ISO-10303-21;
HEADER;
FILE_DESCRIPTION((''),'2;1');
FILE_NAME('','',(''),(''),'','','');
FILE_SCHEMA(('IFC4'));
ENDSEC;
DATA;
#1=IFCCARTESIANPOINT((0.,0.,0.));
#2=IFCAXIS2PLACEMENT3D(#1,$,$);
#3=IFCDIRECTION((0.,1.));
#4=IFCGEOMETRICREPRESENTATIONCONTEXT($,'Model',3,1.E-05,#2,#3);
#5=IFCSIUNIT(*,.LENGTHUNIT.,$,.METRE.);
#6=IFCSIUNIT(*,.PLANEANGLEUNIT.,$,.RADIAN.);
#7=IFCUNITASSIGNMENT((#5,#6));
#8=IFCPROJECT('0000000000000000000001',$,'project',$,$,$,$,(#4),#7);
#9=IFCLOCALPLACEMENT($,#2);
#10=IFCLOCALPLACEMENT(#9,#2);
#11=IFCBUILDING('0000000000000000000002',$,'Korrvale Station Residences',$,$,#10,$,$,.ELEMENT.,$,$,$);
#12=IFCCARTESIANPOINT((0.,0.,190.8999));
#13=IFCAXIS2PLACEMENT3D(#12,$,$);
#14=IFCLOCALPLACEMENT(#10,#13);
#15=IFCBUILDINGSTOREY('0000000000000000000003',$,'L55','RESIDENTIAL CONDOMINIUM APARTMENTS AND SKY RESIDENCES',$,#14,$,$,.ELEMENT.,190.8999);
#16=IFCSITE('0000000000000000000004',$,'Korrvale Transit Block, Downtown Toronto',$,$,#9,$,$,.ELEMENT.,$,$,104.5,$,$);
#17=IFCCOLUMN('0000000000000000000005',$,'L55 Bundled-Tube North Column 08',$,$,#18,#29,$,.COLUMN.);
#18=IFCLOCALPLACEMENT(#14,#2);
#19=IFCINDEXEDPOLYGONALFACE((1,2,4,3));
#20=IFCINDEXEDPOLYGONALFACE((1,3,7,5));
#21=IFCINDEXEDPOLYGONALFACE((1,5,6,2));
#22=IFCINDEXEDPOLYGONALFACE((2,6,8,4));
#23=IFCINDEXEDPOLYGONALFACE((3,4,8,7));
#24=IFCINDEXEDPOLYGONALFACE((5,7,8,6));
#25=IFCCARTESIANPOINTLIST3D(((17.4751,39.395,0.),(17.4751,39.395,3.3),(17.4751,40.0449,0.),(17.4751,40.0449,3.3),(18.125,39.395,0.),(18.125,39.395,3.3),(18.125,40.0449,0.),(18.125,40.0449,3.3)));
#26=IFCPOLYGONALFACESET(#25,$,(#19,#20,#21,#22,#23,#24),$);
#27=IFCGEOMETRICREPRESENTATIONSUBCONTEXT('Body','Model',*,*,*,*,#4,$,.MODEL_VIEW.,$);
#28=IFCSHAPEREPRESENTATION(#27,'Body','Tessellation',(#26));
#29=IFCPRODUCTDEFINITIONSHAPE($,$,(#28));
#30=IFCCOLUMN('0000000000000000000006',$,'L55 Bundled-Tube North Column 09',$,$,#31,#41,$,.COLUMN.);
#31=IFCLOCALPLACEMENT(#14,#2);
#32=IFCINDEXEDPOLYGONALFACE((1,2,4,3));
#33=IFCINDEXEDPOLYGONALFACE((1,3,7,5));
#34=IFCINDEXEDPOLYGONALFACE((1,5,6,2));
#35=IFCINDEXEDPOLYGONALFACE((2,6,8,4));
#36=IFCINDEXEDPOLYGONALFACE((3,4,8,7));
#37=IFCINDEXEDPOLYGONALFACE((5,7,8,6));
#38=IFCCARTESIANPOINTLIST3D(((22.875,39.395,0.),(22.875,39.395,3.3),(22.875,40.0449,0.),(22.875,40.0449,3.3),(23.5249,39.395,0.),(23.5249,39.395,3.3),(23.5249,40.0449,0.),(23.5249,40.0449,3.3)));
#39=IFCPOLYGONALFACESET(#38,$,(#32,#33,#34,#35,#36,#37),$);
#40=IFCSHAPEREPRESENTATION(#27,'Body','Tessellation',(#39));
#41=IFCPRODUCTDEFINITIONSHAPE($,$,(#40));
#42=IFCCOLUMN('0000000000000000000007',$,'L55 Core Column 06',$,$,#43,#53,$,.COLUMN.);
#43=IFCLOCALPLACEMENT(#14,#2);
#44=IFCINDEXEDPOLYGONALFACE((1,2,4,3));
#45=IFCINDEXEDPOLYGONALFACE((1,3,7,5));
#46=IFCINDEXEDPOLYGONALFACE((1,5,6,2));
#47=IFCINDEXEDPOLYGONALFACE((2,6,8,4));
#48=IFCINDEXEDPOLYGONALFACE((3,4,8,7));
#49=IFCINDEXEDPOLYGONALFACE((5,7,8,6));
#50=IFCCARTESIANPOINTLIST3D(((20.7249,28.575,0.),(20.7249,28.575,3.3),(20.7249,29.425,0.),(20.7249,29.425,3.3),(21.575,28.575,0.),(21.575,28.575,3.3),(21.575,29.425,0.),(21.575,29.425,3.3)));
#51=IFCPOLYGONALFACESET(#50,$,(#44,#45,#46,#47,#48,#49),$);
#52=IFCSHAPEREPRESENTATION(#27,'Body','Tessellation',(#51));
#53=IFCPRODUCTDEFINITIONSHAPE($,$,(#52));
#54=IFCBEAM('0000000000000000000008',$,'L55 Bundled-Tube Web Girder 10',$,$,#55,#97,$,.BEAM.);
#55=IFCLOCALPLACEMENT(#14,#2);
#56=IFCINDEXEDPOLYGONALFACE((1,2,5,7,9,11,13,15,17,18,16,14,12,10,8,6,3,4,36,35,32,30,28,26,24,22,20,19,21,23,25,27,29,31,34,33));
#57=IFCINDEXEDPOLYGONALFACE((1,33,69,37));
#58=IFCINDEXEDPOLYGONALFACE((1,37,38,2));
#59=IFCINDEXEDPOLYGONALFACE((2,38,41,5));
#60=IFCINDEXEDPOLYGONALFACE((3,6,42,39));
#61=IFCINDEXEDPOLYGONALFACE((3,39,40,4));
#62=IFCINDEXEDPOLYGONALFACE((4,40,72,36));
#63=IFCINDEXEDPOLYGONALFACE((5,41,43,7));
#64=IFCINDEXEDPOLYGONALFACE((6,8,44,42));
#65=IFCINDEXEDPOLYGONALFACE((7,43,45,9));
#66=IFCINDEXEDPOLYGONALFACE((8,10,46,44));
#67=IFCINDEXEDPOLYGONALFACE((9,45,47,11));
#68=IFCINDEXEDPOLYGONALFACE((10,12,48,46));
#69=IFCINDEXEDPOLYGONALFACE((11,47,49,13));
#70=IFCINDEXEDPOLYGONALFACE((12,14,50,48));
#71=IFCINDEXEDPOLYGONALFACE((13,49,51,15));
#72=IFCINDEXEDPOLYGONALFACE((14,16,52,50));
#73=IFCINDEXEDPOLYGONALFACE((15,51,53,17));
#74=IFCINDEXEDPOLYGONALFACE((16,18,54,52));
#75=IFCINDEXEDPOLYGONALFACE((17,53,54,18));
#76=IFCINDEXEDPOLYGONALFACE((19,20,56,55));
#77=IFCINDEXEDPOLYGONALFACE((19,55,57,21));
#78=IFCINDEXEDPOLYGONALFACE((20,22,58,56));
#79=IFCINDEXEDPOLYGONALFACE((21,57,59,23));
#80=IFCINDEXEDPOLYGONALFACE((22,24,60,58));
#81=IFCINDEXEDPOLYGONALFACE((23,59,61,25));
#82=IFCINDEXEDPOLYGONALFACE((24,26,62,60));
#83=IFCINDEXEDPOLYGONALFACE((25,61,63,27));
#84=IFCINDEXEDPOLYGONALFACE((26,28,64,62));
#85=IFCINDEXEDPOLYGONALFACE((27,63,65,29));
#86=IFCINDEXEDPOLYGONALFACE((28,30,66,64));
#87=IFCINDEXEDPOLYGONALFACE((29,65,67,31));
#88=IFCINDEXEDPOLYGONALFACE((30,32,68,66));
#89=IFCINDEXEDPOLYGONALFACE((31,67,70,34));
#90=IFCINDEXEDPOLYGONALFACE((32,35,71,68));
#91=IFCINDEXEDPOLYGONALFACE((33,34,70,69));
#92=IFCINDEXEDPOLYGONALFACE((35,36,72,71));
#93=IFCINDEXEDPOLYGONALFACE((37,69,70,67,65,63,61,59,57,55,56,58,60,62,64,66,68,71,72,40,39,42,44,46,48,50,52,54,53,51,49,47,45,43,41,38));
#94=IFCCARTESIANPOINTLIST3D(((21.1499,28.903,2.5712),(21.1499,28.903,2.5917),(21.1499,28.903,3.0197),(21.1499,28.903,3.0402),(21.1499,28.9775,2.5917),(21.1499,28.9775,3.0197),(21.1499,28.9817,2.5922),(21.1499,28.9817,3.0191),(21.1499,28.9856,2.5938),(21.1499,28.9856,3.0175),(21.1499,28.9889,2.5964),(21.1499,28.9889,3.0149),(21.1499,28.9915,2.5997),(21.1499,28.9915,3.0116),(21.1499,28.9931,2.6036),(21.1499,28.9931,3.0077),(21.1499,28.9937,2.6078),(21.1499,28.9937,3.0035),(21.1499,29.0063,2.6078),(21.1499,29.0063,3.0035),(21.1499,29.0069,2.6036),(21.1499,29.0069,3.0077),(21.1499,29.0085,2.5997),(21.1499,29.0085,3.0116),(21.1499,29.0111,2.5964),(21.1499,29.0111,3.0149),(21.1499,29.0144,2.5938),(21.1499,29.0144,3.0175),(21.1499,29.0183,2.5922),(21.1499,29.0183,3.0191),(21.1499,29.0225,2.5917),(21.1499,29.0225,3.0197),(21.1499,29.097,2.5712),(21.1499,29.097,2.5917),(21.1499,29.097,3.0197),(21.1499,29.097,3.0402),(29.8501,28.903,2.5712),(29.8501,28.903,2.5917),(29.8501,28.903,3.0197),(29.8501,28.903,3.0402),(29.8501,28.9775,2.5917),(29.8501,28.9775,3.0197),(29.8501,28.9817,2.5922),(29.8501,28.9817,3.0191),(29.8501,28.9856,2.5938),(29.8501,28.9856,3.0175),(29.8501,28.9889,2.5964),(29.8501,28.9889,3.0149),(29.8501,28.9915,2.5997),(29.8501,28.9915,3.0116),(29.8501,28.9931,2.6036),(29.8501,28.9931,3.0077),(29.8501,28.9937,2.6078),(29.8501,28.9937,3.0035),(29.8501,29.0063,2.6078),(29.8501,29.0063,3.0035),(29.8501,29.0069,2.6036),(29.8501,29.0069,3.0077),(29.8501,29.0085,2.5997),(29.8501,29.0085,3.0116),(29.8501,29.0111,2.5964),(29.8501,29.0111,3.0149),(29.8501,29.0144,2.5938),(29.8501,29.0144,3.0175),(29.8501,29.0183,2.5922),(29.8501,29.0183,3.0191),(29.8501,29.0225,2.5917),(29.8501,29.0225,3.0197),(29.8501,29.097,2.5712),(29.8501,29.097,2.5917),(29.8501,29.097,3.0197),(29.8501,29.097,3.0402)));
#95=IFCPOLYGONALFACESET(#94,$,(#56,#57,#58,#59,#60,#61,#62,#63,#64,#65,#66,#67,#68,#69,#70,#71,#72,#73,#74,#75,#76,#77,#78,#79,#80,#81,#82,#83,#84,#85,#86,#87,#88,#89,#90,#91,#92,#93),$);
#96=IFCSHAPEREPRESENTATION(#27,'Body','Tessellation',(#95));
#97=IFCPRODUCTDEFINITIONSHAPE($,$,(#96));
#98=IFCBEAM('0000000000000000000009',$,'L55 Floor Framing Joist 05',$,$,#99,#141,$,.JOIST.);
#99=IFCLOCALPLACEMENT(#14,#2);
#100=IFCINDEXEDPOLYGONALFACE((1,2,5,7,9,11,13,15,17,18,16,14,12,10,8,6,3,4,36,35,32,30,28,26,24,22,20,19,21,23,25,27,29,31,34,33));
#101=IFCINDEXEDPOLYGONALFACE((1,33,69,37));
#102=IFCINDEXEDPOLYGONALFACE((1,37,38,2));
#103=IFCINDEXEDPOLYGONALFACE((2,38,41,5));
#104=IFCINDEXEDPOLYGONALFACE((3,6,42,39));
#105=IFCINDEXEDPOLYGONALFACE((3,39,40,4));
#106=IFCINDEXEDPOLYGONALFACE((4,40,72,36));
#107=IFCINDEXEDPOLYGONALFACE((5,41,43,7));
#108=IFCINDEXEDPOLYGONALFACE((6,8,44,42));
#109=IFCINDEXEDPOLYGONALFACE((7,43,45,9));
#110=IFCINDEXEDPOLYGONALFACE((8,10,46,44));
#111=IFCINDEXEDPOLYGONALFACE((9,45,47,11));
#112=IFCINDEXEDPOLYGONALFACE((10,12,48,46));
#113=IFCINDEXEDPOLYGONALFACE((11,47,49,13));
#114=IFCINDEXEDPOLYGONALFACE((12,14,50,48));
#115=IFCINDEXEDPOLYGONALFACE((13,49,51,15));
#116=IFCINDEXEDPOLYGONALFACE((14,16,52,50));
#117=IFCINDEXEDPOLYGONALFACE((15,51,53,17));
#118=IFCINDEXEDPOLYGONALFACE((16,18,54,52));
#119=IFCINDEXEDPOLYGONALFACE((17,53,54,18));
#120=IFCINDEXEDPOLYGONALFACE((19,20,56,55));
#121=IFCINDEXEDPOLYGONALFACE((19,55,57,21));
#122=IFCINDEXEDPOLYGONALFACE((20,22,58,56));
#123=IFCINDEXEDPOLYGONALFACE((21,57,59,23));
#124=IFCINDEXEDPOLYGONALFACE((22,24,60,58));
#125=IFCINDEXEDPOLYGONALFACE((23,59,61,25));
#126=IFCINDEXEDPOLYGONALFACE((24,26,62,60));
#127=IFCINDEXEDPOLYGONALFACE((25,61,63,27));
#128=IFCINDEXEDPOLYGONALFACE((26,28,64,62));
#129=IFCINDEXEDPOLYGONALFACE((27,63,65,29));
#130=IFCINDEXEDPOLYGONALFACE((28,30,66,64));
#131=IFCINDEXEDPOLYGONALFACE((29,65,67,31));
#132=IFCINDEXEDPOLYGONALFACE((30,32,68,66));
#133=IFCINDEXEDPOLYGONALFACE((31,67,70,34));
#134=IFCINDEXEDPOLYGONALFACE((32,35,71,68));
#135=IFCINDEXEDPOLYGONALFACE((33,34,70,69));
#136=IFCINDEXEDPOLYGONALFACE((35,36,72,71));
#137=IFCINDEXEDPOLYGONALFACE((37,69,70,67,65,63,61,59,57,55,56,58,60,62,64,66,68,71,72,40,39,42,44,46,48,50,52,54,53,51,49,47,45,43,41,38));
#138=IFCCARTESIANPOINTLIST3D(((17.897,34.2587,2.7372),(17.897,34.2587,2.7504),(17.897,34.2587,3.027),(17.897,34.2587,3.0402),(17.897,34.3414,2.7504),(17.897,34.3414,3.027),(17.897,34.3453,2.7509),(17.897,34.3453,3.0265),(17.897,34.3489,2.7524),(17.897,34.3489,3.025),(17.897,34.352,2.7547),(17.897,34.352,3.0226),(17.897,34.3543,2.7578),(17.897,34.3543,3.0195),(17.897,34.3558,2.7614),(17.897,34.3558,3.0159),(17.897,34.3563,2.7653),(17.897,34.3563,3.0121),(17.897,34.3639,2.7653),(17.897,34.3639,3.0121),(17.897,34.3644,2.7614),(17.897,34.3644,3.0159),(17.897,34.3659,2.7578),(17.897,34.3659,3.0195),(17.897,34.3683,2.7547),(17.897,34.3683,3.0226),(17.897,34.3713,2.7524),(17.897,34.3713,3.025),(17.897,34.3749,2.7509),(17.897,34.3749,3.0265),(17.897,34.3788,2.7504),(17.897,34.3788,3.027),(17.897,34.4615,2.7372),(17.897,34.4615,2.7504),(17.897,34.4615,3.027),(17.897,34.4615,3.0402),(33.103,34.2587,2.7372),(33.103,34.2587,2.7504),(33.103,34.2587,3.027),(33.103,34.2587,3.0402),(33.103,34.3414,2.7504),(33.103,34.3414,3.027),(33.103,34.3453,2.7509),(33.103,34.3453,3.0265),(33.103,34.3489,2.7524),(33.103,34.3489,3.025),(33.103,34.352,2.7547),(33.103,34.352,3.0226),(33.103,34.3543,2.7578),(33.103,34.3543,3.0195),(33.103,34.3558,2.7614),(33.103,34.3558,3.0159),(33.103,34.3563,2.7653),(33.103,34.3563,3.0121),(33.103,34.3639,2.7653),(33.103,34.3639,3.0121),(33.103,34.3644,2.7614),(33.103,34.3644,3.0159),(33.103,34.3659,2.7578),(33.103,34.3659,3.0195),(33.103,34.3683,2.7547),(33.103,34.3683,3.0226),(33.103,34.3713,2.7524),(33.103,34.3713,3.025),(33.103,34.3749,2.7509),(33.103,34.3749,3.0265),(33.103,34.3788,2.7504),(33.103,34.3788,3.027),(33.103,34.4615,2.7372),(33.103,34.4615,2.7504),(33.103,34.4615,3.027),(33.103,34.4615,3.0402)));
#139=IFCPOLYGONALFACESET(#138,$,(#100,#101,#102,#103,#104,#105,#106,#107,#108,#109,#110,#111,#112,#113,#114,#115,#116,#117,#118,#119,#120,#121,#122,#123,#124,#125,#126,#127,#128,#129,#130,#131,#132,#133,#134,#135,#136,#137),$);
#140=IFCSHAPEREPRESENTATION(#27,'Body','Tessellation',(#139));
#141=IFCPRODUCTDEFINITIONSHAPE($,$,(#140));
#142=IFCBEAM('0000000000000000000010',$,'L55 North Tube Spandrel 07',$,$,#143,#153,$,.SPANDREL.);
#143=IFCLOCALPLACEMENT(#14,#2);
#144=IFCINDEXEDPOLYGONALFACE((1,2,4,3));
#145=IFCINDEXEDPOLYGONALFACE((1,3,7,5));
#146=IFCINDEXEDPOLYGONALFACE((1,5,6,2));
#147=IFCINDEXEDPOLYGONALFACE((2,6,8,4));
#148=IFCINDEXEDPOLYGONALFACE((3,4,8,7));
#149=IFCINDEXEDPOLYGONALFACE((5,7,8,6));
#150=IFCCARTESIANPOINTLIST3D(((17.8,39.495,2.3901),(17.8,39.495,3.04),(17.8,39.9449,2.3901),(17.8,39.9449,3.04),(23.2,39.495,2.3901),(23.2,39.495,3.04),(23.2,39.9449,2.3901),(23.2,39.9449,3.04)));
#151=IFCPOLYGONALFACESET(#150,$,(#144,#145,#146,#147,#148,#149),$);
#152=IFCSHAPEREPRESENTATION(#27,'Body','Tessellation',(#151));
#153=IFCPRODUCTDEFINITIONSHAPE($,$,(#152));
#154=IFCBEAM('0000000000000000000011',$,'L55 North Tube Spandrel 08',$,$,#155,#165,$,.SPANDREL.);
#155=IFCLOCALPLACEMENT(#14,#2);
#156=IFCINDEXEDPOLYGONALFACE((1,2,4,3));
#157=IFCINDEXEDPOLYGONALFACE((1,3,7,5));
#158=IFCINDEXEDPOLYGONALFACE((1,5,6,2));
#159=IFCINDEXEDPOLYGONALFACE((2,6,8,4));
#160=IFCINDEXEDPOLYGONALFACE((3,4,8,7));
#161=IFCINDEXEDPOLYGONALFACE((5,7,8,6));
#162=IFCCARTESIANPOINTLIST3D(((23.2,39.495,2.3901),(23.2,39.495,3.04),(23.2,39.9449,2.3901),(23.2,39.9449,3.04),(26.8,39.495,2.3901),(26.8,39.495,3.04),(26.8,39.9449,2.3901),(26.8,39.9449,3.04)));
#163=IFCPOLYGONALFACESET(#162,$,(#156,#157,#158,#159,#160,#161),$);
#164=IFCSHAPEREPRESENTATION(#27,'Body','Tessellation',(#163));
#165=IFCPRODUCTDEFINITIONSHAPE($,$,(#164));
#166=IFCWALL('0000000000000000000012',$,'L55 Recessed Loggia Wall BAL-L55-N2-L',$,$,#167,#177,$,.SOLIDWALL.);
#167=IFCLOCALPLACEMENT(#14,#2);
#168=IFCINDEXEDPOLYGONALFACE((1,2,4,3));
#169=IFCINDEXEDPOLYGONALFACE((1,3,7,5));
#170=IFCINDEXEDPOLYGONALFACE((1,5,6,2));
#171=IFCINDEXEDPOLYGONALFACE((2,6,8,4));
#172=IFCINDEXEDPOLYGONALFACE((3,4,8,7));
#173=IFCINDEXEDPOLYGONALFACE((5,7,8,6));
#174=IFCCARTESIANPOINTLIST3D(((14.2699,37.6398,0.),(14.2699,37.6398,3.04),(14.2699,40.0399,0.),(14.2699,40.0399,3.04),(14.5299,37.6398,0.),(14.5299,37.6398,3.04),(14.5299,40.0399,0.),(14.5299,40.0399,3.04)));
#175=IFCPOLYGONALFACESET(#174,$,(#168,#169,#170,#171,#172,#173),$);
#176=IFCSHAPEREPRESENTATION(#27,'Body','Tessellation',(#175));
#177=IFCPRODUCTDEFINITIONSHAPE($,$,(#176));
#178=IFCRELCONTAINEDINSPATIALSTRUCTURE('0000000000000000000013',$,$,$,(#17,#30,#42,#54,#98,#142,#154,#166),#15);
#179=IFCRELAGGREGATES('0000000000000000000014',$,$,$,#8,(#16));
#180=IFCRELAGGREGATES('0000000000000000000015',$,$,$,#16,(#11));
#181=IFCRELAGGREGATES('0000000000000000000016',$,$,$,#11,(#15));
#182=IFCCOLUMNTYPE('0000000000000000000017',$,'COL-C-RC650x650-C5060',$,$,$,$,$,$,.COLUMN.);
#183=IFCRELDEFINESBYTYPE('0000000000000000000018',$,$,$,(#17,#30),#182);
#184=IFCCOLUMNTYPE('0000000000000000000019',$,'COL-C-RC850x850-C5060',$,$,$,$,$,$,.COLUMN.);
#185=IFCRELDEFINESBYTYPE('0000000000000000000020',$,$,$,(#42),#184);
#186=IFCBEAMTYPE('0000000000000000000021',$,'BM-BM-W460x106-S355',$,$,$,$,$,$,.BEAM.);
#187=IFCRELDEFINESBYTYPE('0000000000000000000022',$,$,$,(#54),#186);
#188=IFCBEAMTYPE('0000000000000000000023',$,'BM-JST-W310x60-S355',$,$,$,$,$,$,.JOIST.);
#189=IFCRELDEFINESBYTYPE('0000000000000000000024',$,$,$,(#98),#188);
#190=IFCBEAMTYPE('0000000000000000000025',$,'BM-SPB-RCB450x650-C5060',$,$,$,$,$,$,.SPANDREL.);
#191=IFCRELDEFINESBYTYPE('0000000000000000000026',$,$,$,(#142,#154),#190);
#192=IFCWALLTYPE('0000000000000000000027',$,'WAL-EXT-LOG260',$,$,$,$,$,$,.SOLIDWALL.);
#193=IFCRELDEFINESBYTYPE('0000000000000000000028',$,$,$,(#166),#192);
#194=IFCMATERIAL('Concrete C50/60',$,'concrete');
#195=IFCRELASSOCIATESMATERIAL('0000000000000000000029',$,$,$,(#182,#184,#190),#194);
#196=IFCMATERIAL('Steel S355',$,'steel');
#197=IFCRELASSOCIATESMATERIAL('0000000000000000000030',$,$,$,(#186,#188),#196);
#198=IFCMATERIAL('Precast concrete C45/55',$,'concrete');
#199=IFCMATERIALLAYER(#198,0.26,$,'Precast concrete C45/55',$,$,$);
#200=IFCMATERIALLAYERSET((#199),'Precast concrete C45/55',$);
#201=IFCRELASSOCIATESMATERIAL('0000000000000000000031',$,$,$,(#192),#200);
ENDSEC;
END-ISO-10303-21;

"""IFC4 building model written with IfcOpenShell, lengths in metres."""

from ifc_helpers import new_model, si_unit, direction, frame, frame_2d, origin, origin_2d, place, context, subcontext, project, spatial, rectangle, i_section, extrude, material, layer, layer_set, material_profile, profile_set, type_object, element, save


model = new_model("IFC4")

# Units and contexts
model_context = context("Model", 3, precision=1e-05, world=origin(), true_north=direction((0.0, 1.0)))
body_context = subcontext(model_context, "Body", "Model", "MODEL_VIEW")
ifc_project = project(units=[si_unit("LENGTHUNIT", "METRE"), si_unit("PLANEANGLEUNIT", "RADIAN")], contexts=[model_context])

# Site, building, storey
site_placement = place(None, origin())
site = spatial("IfcSite", under=ifc_project, at=site_placement, Name="Korrvale Transit Block, Downtown Toronto", CompositionType="ELEMENT", RefElevation=104.5)
building_placement = place(site_placement, origin())
building = spatial("IfcBuilding", under=site, at=building_placement, Name="Korrvale Station Residences", CompositionType="ELEMENT")
storey_placement = place(building_placement, frame((0.0, 0.0, 190.8999)))
storey = spatial("IfcBuildingStorey", under=building, at=storey_placement, Name="L55", Description="RESIDENTIAL CONDOMINIUM APARTMENTS AND SKY RESIDENCES", CompositionType="ELEMENT", Elevation=190.8999)

# Columns
ifc_material_1 = material(Name="Concrete C50/60", Category="concrete")
ifc_material_profile_1 = material_profile(ifc_material_1, rectangle(XDim=0.6499, YDim=0.6499, at=origin_2d()), Name="RC650x650")
ifc_profile_set_1 = profile_set([ifc_material_profile_1], Name="Concrete C50/60")
column_type_1 = type_object("IfcColumnType", Name="COL-C-RC650x650-C5060", PredefinedType="COLUMN", material=ifc_profile_set_1)
for number, where, z_axis, x_axis, name in (
    (1, (17.8, 39.72, 0.0), (0.0, 0.0, 1.0), (1.0, 0.0, 0.0), "L55 Bundled-Tube North Column 08"),
    (2, (23.2, 39.72, 0.0), (0.0, 0.0, 1.0), (1.0, 0.0, 0.0), "L55 Bundled-Tube North Column 09"),
):
    element("IfcColumn", number, at=place(storey_placement, frame(where, z_axis=z_axis, x_axis=x_axis)), inside=storey, type_object=column_type_1, Name=name, PredefinedType="COLUMN", context=body_context, shape_type="SweptSolid", body=[
        extrude(rectangle(XDim=0.6499, YDim=0.6499, at=origin_2d()), origin(), (0.0, 0.0, 1.0), 3.3),
    ])
ifc_material_profile_2 = material_profile(ifc_material_1, rectangle(XDim=0.8501, YDim=0.8501, at=origin_2d()), Name="RC850x850")
ifc_profile_set_2 = profile_set([ifc_material_profile_2], Name="Concrete C50/60")
column_type_2 = type_object("IfcColumnType", Name="COL-C-RC850x850-C5060", PredefinedType="COLUMN", material=ifc_profile_set_2)
column_placement = place(storey_placement, frame((21.1499, 29.0, 0.0), z_axis=(0.0, 0.0, 1.0), x_axis=(1.0, 0.0, 0.0)))
element("IfcColumn", 3, at=column_placement, inside=storey, type_object=column_type_2, Name="L55 Core Column 06", PredefinedType="COLUMN", context=body_context, shape_type="SweptSolid", body=[
    extrude(rectangle(XDim=0.8501, YDim=0.8501, at=origin_2d()), origin(), (0.0, 0.0, 1.0), 3.3),
])

# Beams
ifc_material_2 = material(Name="Steel S355", Category="steel")
ifc_material_profile_3 = material_profile(ifc_material_2, i_section(OverallWidth=0.1941, OverallDepth=0.469, WebThickness=0.0127, FlangeThickness=0.0205, FilletRadius=0.0161, at=origin_2d()), Name="W460x106")
ifc_profile_set_3 = profile_set([ifc_material_profile_3], Name="Steel S355")
beam_type_1 = type_object("IfcBeamType", Name="BM-BM-W460x106-S355", PredefinedType="BEAM", material=ifc_profile_set_3)
beam_1_placement = place(storey_placement, frame((21.1499, 29.0, 2.8057), z_axis=(1.0, 0.0, 0.0), x_axis=(0.0, 1.0, 0.0)))
element("IfcBeam", 4, at=beam_1_placement, inside=storey, type_object=beam_type_1, Name="L55 Bundled-Tube Web Girder 10", PredefinedType="BEAM", context=body_context, shape_type="SweptSolid", body=[
    extrude(i_section(OverallWidth=0.1941, OverallDepth=0.469, WebThickness=0.0127, FlangeThickness=0.0205, FilletRadius=0.0161, at=origin_2d()), origin(), (0.0, 0.0, 1.0), 8.7002),
])
ifc_material_profile_4 = material_profile(ifc_material_2, i_section(OverallWidth=0.2029, OverallDepth=0.303, WebThickness=0.0076, FlangeThickness=0.0132, FilletRadius=0.0149, at=origin_2d()), Name="W310x60")
ifc_profile_set_4 = profile_set([ifc_material_profile_4], Name="Steel S355")
beam_type_2 = type_object("IfcBeamType", Name="BM-JST-W310x60-S355", PredefinedType="JOIST", material=ifc_profile_set_4)
beam_2_placement = place(storey_placement, frame((17.897, 34.3601, 2.8887), z_axis=(1.0, 0.0, 0.0), x_axis=(0.0, 1.0, 0.0)))
element("IfcBeam", 5, at=beam_2_placement, inside=storey, type_object=beam_type_2, Name="L55 Floor Framing Joist 05", PredefinedType="JOIST", context=body_context, shape_type="SweptSolid", body=[
    extrude(i_section(OverallWidth=0.2029, OverallDepth=0.303, WebThickness=0.0076, FlangeThickness=0.0132, FilletRadius=0.0149, at=origin_2d()), origin(), (0.0, 0.0, 1.0), 15.2061),
])
ifc_material_profile_5 = material_profile(ifc_material_1, rectangle(XDim=0.45, YDim=0.6499, at=origin_2d()), Name="RCB450x650")
ifc_profile_set_5 = profile_set([ifc_material_profile_5], Name="Concrete C50/60")
beam_type_3 = type_object("IfcBeamType", Name="BM-SPB-RCB450x650-C5060", PredefinedType="SPANDREL", material=ifc_profile_set_5)
beam_3_placement = place(storey_placement, frame((17.8, 39.72, 2.7151), z_axis=(1.0, 0.0, 0.0), x_axis=(0.0, 1.0, 0.0)))
element("IfcBeam", 6, at=beam_3_placement, inside=storey, type_object=beam_type_3, Name="L55 North Tube Spandrel 07", PredefinedType="SPANDREL", context=body_context, shape_type="SweptSolid", body=[
    extrude(rectangle(XDim=0.45, YDim=0.6499, at=origin_2d()), origin(), (0.0, 0.0, 1.0), 5.3999),
])
beam_4_placement = place(storey_placement, frame((23.2, 39.72, 2.7151), z_axis=(1.0, 0.0, 0.0), x_axis=(0.0, 1.0, 0.0)))
element("IfcBeam", 7, at=beam_4_placement, inside=storey, type_object=beam_type_3, Name="L55 North Tube Spandrel 08", PredefinedType="SPANDREL", context=body_context, shape_type="SweptSolid", body=[
    extrude(rectangle(XDim=0.45, YDim=0.6499, at=origin_2d()), origin(), (0.0, 0.0, 1.0), 3.6001),
])

# Wall
ifc_material_3 = material(Name="Precast concrete C45/55", Category="concrete")
ifc_layer_1 = layer(ifc_material_3, 0.26, Name="Precast concrete C45/55")
ifc_layer_set_1 = layer_set([ifc_layer_1], Name="Precast concrete C45/55")
wall_type_1 = type_object("IfcWallType", Name="WAL-EXT-LOG260", PredefinedType="SOLIDWALL", material=ifc_layer_set_1)
wall_1_placement = place(storey_placement, frame((14.3999, 40.04, 0.0), z_axis=(0.0, 0.0, 1.0), x_axis=(0.0, -1.0, 0.0)))
element("IfcWall", 8, at=wall_1_placement, inside=storey, type_object=wall_type_1, Name="L55 Recessed Loggia Wall BAL-L55-N2-L", PredefinedType="SOLIDWALL", context=body_context, shape_type="SweptSolid", body=[
    extrude(rectangle(XDim=2.4001, YDim=0.26, at=frame_2d((1.2002, 0.0))), origin(), (0.0, 0.0, 1.0), 3.04),
])

save(model, "model.ifc")
